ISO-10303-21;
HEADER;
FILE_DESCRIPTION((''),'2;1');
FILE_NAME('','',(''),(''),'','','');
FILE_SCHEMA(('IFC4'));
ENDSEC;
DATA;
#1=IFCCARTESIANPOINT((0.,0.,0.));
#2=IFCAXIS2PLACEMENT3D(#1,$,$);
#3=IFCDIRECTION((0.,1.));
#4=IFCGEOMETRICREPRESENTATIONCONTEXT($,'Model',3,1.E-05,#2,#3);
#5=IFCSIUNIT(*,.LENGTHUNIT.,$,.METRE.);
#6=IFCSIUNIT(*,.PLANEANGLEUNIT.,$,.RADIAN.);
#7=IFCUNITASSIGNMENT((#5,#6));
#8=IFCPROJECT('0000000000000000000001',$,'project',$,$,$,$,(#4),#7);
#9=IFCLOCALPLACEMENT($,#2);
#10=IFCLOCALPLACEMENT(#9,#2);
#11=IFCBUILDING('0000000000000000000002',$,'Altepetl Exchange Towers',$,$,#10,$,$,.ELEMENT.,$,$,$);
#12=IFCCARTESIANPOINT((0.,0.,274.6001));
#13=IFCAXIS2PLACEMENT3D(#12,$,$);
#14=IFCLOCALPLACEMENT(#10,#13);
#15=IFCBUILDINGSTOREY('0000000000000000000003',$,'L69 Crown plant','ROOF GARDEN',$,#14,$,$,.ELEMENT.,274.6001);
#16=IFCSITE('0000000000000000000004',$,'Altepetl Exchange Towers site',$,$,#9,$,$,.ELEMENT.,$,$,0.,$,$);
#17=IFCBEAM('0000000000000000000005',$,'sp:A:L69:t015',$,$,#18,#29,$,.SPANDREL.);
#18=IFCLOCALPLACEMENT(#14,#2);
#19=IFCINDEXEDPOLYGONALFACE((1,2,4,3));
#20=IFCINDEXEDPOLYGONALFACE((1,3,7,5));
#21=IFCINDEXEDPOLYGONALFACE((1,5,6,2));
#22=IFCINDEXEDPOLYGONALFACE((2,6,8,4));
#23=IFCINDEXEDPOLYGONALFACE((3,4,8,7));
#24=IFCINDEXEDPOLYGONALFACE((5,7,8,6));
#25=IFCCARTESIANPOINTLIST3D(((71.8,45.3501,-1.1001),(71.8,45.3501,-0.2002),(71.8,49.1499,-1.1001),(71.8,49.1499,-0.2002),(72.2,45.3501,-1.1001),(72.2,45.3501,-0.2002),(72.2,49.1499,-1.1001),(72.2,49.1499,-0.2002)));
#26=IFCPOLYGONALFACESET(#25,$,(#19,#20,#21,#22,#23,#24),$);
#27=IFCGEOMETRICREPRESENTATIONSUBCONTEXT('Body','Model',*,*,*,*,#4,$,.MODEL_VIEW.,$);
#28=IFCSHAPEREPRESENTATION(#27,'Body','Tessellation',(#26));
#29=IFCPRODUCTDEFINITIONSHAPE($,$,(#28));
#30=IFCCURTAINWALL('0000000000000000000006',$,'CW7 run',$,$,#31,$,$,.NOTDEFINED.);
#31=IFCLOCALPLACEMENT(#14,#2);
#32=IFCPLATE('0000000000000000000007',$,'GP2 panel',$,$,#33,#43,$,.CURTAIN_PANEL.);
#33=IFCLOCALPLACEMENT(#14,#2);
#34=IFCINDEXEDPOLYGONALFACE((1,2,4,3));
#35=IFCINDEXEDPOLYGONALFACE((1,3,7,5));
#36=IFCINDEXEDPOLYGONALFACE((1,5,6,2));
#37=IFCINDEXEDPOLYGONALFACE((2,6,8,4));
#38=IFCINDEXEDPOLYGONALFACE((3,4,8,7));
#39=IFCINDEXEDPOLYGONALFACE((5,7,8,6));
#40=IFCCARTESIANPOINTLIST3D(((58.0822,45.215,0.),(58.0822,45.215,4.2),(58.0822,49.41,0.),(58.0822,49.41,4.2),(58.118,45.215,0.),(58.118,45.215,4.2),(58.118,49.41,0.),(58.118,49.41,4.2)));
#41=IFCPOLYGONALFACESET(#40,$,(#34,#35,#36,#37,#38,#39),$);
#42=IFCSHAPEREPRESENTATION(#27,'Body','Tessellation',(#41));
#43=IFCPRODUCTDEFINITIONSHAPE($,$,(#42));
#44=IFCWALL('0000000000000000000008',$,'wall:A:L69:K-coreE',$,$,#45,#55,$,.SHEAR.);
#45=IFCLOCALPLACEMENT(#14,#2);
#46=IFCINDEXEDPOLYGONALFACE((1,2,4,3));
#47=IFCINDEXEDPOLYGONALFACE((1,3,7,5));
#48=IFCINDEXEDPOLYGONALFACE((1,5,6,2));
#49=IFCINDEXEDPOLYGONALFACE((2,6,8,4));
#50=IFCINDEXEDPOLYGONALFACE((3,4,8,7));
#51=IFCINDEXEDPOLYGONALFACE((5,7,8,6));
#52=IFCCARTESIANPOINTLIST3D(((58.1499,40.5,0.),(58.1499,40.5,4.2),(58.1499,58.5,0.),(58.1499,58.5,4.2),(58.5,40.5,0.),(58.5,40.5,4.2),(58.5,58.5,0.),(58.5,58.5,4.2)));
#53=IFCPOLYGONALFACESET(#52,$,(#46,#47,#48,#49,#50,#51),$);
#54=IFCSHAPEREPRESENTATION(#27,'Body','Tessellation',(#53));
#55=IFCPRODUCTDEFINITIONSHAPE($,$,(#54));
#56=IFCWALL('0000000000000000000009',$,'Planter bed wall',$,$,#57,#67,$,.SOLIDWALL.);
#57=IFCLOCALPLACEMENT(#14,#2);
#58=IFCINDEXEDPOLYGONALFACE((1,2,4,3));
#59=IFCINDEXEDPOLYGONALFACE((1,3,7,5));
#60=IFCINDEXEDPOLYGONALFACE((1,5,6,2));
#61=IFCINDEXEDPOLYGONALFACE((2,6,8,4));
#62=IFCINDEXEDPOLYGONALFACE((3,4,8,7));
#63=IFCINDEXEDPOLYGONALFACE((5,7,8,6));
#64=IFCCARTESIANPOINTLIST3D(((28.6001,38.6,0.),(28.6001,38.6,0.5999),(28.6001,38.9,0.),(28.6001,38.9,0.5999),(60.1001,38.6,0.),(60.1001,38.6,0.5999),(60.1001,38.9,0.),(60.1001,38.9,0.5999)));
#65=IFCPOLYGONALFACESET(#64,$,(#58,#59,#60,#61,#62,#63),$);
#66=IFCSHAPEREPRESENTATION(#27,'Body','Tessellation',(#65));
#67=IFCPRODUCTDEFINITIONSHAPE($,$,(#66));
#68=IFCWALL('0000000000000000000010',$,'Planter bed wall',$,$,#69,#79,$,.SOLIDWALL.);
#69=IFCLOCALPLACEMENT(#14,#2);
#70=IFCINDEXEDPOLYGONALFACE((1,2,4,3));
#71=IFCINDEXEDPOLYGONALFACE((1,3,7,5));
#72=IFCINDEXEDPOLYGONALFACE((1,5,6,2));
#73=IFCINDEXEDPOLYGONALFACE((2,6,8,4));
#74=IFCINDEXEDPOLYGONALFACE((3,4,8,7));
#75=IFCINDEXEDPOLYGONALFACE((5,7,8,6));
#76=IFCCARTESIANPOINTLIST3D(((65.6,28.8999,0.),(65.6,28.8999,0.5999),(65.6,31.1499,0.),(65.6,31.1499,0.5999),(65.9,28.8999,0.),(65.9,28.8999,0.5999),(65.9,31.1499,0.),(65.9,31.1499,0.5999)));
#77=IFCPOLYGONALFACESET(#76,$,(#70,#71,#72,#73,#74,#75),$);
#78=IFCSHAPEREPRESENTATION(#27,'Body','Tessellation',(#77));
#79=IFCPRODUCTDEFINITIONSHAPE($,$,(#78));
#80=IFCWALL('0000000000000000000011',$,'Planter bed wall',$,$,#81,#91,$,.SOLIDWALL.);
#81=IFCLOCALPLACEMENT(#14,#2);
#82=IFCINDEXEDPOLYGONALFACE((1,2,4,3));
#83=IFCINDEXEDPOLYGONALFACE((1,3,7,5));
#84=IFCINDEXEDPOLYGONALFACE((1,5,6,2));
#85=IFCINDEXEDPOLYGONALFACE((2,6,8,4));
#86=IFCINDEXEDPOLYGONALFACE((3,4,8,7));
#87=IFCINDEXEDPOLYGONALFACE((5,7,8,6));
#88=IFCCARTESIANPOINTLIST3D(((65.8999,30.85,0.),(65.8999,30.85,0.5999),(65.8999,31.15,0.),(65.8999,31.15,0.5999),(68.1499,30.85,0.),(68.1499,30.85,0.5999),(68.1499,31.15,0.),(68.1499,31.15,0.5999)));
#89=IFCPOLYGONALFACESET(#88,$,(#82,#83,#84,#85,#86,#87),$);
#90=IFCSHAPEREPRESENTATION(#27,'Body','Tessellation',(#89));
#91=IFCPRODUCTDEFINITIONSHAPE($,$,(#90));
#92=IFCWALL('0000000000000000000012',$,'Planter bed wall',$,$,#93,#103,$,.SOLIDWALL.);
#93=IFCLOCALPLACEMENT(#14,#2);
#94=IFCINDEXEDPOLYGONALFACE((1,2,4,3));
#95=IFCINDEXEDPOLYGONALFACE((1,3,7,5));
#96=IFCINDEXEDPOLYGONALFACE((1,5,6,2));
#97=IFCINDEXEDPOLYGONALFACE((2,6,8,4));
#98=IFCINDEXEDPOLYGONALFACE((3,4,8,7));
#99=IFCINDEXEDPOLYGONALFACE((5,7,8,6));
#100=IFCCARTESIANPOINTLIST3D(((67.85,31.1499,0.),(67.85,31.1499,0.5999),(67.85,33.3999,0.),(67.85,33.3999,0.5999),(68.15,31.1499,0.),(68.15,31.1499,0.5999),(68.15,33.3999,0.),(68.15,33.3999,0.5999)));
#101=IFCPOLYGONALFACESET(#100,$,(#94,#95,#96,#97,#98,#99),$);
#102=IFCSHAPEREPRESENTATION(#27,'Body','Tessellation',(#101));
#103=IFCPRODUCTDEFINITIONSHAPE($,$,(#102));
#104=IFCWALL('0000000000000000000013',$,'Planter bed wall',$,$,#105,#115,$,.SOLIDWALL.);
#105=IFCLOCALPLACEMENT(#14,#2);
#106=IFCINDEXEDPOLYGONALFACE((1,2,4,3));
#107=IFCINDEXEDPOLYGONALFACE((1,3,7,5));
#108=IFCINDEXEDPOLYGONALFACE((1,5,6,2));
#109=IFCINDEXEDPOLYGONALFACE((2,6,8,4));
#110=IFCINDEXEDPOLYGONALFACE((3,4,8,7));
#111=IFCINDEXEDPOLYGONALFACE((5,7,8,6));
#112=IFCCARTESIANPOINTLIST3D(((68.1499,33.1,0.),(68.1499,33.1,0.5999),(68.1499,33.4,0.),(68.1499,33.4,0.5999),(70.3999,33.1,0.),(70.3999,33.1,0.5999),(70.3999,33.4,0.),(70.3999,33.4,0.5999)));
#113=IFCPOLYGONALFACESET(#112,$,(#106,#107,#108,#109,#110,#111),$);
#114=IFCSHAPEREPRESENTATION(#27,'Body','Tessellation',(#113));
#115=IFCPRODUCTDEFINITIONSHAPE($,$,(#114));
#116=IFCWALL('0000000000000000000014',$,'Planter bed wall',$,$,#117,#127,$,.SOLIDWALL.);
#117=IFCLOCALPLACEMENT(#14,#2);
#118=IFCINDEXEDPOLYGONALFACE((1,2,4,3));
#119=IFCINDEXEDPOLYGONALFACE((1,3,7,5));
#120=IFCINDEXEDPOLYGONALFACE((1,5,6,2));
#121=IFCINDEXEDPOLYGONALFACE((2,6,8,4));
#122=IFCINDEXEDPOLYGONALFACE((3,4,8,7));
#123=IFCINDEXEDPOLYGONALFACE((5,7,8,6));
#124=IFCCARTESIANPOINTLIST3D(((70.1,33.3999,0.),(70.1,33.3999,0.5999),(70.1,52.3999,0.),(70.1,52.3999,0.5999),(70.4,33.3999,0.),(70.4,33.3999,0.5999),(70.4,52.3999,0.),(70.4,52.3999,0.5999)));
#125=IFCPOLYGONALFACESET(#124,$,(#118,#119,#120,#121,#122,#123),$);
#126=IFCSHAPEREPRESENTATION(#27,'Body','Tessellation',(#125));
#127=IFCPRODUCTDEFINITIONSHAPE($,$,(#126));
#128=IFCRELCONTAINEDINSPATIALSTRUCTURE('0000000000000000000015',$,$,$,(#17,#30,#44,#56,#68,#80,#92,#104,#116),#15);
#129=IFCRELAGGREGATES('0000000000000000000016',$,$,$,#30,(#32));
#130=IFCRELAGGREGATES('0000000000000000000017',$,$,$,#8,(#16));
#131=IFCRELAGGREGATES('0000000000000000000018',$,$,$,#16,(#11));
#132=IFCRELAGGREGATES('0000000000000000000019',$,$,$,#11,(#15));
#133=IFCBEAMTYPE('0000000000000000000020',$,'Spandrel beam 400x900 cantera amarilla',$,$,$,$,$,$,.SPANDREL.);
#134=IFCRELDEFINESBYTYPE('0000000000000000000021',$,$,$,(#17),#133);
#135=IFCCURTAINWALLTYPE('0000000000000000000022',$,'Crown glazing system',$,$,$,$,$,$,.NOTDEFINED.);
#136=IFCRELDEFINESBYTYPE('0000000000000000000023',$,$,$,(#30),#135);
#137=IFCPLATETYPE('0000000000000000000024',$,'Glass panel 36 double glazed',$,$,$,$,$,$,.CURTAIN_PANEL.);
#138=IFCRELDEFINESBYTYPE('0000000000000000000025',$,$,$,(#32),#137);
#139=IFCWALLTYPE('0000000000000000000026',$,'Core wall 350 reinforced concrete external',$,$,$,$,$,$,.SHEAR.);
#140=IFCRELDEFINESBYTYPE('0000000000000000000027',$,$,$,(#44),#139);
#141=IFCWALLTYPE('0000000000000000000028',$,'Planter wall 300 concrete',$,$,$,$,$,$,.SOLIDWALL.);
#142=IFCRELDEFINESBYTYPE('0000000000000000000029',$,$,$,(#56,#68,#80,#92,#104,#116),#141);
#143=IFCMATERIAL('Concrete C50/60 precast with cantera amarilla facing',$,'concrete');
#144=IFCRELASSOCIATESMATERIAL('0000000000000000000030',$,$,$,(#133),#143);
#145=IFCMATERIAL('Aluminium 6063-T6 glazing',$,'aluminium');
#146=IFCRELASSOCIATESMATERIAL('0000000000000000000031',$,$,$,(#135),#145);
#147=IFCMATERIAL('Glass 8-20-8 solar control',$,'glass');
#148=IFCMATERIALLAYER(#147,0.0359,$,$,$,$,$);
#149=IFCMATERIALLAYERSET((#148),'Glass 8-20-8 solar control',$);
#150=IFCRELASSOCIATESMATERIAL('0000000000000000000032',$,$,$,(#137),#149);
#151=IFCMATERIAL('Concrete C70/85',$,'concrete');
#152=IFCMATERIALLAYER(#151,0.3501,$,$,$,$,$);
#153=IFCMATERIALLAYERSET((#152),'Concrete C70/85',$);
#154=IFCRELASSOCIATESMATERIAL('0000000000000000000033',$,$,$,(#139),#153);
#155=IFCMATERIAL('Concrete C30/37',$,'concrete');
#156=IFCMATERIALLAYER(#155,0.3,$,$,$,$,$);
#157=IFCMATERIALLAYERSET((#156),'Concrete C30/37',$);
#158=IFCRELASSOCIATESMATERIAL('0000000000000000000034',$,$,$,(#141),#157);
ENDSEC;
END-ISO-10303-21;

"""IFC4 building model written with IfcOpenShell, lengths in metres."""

from ifc_helpers import new_model, si_unit, direction, frame, frame_2d, origin, origin_2d, place, context, subcontext, project, spatial, rectangle, extrude, material, layer, layer_set, material_profile, profile_set, type_object, element, aggregate, save


model = new_model("IFC4")

# Units and contexts
model_context = context("Model", 3, precision=1e-05, world=origin(), true_north=direction((0.0, 1.0)))
body_context = subcontext(model_context, "Body", "Model", "MODEL_VIEW")
ifc_project = project(units=[si_unit("LENGTHUNIT", "METRE"), si_unit("PLANEANGLEUNIT", "RADIAN")], contexts=[model_context])

# Site, building, storey
site_placement = place(None, origin())
site = spatial("IfcSite", under=ifc_project, at=site_placement, Name="Altepetl Exchange Towers site", CompositionType="ELEMENT", RefElevation=0.0)
building_placement = place(site_placement, origin())
building = spatial("IfcBuilding", under=site, at=building_placement, Name="Altepetl Exchange Towers", CompositionType="ELEMENT")
storey_placement = place(building_placement, frame((0.0, 0.0, 274.6001)))
storey = spatial("IfcBuildingStorey", under=building, at=storey_placement, Name="L69 Crown plant", Description="ROOF GARDEN", CompositionType="ELEMENT", Elevation=274.6001)

# Beam
ifc_material_1 = material(Name="Concrete C50/60 precast with cantera amarilla facing", Category="concrete")
ifc_material_profile_1 = material_profile(ifc_material_1, rectangle(XDim=0.3999, YDim=0.8999, at=origin_2d()), Name="400 x 900")
ifc_profile_set_1 = profile_set([ifc_material_profile_1], Name="Concrete C50/60 precast with cantera amarilla facing")
beam_type_1 = type_object("IfcBeamType", Name="Spandrel beam 400x900 cantera amarilla", PredefinedType="SPANDREL", material=ifc_profile_set_1)
for number, where, z_axis, x_axis, name in (
    (1, (72.0, 45.3501, -0.6501), (0.0, 1.0, 0.0), (-1.0, 0.0, 0.0), "sp:A:L69:t015"),
):
    element("IfcBeam", number, at=place(storey_placement, frame(where, z_axis=z_axis, x_axis=x_axis)), inside=storey, type_object=beam_type_1, Name=name, PredefinedType="SPANDREL", context=body_context, shape_type="SweptSolid", body=[
        extrude(rectangle(XDim=0.3999, YDim=0.8999, at=origin_2d()), origin(), (0.0, 0.0, 1.0), 3.7998),
    ])

# Curtain wall, plate
ifc_material_2 = material(Name="Aluminium 6063-T6 glazing", Category="aluminium")
curtain_wall_type = type_object("IfcCurtainWallType", Name="Crown glazing system", PredefinedType="NOTDEFINED", material=ifc_material_2)
curtain_wall_placement = place(storey_placement, origin())
curtain_wall = element("IfcCurtainWall", 2, at=curtain_wall_placement, inside=storey, type_object=curtain_wall_type, Name="CW7 run", PredefinedType="NOTDEFINED")
ifc_material_3 = material(Name="Glass 8-20-8 solar control", Category="glass")
ifc_layer_1 = layer(ifc_material_3, 0.0359)
ifc_layer_set_1 = layer_set([ifc_layer_1], Name="Glass 8-20-8 solar control")
plate_type = type_object("IfcPlateType", Name="Glass panel 36 double glazed", PredefinedType="CURTAIN_PANEL", material=ifc_layer_set_1)
plate_placement = place(storey_placement, frame((58.1001, 47.3125, 0.0), z_axis=(0.0, 0.0, 1.0), x_axis=(0.0, 1.0, 0.0)))
plate = element("IfcPlate", 3, at=plate_placement, type_object=plate_type, Name="GP2 panel", PredefinedType="CURTAIN_PANEL", context=body_context, shape_type="SweptSolid", body=[
    extrude(rectangle(XDim=4.1951, YDim=0.0359, at=origin_2d()), origin(), (0.0, 0.0, 1.0), 4.2),
])
aggregate(curtain_wall, [plate])

# Walls
ifc_material_4 = material(Name="Concrete C70/85", Category="concrete")
ifc_layer_2 = layer(ifc_material_4, 0.3501)
ifc_layer_set_2 = layer_set([ifc_layer_2], Name="Concrete C70/85")
wall_type_1 = type_object("IfcWallType", Name="Core wall 350 reinforced concrete external", PredefinedType="SHEAR", material=ifc_layer_set_2)
wall_1_placement = place(storey_placement, frame((58.325, 40.5, 0.0), z_axis=(0.0, 0.0, 1.0), x_axis=(0.0, 1.0, 0.0)))
element("IfcWall", 4, at=wall_1_placement, inside=storey, type_object=wall_type_1, Name="wall:A:L69:K-coreE", PredefinedType="SHEAR", context=body_context, shape_type="SweptSolid", body=[
    extrude(rectangle(XDim=18.0, YDim=0.3501, at=frame_2d((9.0, 0.0))), origin(), (0.0, 0.0, 1.0), 4.2),
])
ifc_material_5 = material(Name="Concrete C30/37", Category="concrete")
ifc_layer_3 = layer(ifc_material_5, 0.3)
ifc_layer_set_3 = layer_set([ifc_layer_3], Name="Concrete C30/37")
wall_type_2 = type_object("IfcWallType", Name="Planter wall 300 concrete", PredefinedType="SOLIDWALL", material=ifc_layer_set_3)
wall_2_placement = place(storey_placement, frame((60.1001, 38.75, 0.0), z_axis=(0.0, 0.0, 1.0), x_axis=(-1.0, 0.0, 0.0)))
element("IfcWall", 5, at=wall_2_placement, inside=storey, type_object=wall_type_2, Name="Planter bed wall", PredefinedType="SOLIDWALL", context=body_context, shape_type="SweptSolid", body=[
    extrude(rectangle(XDim=31.5, YDim=0.3, at=frame_2d((15.75, 0.0))), origin(), (0.0, 0.0, 1.0), 0.5999),
])
wall_3_placement = place(storey_placement, frame((65.75, 28.8999, 0.0), z_axis=(0.0, 0.0, 1.0), x_axis=(0.0, 1.0, 0.0)))
element("IfcWall", 6, at=wall_3_placement, inside=storey, type_object=wall_type_2, Name="Planter bed wall", PredefinedType="SOLIDWALL", context=body_context, shape_type="SweptSolid", body=[
    extrude(rectangle(XDim=2.25, YDim=0.3, at=frame_2d((1.125, 0.0))), origin(), (0.0, 0.0, 1.0), 0.5999),
])
wall_4_placement = place(storey_placement, frame((65.8999, 31.0, 0.0)))
element("IfcWall", 7, at=wall_4_placement, inside=storey, type_object=wall_type_2, Name="Planter bed wall", PredefinedType="SOLIDWALL", context=body_context, shape_type="SweptSolid", body=[
    extrude(rectangle(XDim=2.25, YDim=0.3, at=frame_2d((1.125, 0.0))), origin(), (0.0, 0.0, 1.0), 0.5999),
])
wall_5_placement = place(storey_placement, frame((68.0, 31.1499, 0.0), z_axis=(0.0, 0.0, 1.0), x_axis=(0.0, 1.0, 0.0)))
element("IfcWall", 8, at=wall_5_placement, inside=storey, type_object=wall_type_2, Name="Planter bed wall", PredefinedType="SOLIDWALL", context=body_context, shape_type="SweptSolid", body=[
    extrude(rectangle(XDim=2.25, YDim=0.3, at=frame_2d((1.125, 0.0))), origin(), (0.0, 0.0, 1.0), 0.5999),
])
wall_6_placement = place(storey_placement, frame((68.1499, 33.25, 0.0)))
element("IfcWall", 9, at=wall_6_placement, inside=storey, type_object=wall_type_2, Name="Planter bed wall", PredefinedType="SOLIDWALL", context=body_context, shape_type="SweptSolid", body=[
    extrude(rectangle(XDim=2.25, YDim=0.3, at=frame_2d((1.125, 0.0))), origin(), (0.0, 0.0, 1.0), 0.5999),
])
wall_7_placement = place(storey_placement, frame((70.25, 33.3999, 0.0), z_axis=(0.0, 0.0, 1.0), x_axis=(0.0, 1.0, 0.0)))
element("IfcWall", 10, at=wall_7_placement, inside=storey, type_object=wall_type_2, Name="Planter bed wall", PredefinedType="SOLIDWALL", context=body_context, shape_type="SweptSolid", body=[
    extrude(rectangle(XDim=19.0, YDim=0.3, at=frame_2d((9.5, 0.0))), origin(), (0.0, 0.0, 1.0), 0.5999),
])

save(model, "model.ifc")
